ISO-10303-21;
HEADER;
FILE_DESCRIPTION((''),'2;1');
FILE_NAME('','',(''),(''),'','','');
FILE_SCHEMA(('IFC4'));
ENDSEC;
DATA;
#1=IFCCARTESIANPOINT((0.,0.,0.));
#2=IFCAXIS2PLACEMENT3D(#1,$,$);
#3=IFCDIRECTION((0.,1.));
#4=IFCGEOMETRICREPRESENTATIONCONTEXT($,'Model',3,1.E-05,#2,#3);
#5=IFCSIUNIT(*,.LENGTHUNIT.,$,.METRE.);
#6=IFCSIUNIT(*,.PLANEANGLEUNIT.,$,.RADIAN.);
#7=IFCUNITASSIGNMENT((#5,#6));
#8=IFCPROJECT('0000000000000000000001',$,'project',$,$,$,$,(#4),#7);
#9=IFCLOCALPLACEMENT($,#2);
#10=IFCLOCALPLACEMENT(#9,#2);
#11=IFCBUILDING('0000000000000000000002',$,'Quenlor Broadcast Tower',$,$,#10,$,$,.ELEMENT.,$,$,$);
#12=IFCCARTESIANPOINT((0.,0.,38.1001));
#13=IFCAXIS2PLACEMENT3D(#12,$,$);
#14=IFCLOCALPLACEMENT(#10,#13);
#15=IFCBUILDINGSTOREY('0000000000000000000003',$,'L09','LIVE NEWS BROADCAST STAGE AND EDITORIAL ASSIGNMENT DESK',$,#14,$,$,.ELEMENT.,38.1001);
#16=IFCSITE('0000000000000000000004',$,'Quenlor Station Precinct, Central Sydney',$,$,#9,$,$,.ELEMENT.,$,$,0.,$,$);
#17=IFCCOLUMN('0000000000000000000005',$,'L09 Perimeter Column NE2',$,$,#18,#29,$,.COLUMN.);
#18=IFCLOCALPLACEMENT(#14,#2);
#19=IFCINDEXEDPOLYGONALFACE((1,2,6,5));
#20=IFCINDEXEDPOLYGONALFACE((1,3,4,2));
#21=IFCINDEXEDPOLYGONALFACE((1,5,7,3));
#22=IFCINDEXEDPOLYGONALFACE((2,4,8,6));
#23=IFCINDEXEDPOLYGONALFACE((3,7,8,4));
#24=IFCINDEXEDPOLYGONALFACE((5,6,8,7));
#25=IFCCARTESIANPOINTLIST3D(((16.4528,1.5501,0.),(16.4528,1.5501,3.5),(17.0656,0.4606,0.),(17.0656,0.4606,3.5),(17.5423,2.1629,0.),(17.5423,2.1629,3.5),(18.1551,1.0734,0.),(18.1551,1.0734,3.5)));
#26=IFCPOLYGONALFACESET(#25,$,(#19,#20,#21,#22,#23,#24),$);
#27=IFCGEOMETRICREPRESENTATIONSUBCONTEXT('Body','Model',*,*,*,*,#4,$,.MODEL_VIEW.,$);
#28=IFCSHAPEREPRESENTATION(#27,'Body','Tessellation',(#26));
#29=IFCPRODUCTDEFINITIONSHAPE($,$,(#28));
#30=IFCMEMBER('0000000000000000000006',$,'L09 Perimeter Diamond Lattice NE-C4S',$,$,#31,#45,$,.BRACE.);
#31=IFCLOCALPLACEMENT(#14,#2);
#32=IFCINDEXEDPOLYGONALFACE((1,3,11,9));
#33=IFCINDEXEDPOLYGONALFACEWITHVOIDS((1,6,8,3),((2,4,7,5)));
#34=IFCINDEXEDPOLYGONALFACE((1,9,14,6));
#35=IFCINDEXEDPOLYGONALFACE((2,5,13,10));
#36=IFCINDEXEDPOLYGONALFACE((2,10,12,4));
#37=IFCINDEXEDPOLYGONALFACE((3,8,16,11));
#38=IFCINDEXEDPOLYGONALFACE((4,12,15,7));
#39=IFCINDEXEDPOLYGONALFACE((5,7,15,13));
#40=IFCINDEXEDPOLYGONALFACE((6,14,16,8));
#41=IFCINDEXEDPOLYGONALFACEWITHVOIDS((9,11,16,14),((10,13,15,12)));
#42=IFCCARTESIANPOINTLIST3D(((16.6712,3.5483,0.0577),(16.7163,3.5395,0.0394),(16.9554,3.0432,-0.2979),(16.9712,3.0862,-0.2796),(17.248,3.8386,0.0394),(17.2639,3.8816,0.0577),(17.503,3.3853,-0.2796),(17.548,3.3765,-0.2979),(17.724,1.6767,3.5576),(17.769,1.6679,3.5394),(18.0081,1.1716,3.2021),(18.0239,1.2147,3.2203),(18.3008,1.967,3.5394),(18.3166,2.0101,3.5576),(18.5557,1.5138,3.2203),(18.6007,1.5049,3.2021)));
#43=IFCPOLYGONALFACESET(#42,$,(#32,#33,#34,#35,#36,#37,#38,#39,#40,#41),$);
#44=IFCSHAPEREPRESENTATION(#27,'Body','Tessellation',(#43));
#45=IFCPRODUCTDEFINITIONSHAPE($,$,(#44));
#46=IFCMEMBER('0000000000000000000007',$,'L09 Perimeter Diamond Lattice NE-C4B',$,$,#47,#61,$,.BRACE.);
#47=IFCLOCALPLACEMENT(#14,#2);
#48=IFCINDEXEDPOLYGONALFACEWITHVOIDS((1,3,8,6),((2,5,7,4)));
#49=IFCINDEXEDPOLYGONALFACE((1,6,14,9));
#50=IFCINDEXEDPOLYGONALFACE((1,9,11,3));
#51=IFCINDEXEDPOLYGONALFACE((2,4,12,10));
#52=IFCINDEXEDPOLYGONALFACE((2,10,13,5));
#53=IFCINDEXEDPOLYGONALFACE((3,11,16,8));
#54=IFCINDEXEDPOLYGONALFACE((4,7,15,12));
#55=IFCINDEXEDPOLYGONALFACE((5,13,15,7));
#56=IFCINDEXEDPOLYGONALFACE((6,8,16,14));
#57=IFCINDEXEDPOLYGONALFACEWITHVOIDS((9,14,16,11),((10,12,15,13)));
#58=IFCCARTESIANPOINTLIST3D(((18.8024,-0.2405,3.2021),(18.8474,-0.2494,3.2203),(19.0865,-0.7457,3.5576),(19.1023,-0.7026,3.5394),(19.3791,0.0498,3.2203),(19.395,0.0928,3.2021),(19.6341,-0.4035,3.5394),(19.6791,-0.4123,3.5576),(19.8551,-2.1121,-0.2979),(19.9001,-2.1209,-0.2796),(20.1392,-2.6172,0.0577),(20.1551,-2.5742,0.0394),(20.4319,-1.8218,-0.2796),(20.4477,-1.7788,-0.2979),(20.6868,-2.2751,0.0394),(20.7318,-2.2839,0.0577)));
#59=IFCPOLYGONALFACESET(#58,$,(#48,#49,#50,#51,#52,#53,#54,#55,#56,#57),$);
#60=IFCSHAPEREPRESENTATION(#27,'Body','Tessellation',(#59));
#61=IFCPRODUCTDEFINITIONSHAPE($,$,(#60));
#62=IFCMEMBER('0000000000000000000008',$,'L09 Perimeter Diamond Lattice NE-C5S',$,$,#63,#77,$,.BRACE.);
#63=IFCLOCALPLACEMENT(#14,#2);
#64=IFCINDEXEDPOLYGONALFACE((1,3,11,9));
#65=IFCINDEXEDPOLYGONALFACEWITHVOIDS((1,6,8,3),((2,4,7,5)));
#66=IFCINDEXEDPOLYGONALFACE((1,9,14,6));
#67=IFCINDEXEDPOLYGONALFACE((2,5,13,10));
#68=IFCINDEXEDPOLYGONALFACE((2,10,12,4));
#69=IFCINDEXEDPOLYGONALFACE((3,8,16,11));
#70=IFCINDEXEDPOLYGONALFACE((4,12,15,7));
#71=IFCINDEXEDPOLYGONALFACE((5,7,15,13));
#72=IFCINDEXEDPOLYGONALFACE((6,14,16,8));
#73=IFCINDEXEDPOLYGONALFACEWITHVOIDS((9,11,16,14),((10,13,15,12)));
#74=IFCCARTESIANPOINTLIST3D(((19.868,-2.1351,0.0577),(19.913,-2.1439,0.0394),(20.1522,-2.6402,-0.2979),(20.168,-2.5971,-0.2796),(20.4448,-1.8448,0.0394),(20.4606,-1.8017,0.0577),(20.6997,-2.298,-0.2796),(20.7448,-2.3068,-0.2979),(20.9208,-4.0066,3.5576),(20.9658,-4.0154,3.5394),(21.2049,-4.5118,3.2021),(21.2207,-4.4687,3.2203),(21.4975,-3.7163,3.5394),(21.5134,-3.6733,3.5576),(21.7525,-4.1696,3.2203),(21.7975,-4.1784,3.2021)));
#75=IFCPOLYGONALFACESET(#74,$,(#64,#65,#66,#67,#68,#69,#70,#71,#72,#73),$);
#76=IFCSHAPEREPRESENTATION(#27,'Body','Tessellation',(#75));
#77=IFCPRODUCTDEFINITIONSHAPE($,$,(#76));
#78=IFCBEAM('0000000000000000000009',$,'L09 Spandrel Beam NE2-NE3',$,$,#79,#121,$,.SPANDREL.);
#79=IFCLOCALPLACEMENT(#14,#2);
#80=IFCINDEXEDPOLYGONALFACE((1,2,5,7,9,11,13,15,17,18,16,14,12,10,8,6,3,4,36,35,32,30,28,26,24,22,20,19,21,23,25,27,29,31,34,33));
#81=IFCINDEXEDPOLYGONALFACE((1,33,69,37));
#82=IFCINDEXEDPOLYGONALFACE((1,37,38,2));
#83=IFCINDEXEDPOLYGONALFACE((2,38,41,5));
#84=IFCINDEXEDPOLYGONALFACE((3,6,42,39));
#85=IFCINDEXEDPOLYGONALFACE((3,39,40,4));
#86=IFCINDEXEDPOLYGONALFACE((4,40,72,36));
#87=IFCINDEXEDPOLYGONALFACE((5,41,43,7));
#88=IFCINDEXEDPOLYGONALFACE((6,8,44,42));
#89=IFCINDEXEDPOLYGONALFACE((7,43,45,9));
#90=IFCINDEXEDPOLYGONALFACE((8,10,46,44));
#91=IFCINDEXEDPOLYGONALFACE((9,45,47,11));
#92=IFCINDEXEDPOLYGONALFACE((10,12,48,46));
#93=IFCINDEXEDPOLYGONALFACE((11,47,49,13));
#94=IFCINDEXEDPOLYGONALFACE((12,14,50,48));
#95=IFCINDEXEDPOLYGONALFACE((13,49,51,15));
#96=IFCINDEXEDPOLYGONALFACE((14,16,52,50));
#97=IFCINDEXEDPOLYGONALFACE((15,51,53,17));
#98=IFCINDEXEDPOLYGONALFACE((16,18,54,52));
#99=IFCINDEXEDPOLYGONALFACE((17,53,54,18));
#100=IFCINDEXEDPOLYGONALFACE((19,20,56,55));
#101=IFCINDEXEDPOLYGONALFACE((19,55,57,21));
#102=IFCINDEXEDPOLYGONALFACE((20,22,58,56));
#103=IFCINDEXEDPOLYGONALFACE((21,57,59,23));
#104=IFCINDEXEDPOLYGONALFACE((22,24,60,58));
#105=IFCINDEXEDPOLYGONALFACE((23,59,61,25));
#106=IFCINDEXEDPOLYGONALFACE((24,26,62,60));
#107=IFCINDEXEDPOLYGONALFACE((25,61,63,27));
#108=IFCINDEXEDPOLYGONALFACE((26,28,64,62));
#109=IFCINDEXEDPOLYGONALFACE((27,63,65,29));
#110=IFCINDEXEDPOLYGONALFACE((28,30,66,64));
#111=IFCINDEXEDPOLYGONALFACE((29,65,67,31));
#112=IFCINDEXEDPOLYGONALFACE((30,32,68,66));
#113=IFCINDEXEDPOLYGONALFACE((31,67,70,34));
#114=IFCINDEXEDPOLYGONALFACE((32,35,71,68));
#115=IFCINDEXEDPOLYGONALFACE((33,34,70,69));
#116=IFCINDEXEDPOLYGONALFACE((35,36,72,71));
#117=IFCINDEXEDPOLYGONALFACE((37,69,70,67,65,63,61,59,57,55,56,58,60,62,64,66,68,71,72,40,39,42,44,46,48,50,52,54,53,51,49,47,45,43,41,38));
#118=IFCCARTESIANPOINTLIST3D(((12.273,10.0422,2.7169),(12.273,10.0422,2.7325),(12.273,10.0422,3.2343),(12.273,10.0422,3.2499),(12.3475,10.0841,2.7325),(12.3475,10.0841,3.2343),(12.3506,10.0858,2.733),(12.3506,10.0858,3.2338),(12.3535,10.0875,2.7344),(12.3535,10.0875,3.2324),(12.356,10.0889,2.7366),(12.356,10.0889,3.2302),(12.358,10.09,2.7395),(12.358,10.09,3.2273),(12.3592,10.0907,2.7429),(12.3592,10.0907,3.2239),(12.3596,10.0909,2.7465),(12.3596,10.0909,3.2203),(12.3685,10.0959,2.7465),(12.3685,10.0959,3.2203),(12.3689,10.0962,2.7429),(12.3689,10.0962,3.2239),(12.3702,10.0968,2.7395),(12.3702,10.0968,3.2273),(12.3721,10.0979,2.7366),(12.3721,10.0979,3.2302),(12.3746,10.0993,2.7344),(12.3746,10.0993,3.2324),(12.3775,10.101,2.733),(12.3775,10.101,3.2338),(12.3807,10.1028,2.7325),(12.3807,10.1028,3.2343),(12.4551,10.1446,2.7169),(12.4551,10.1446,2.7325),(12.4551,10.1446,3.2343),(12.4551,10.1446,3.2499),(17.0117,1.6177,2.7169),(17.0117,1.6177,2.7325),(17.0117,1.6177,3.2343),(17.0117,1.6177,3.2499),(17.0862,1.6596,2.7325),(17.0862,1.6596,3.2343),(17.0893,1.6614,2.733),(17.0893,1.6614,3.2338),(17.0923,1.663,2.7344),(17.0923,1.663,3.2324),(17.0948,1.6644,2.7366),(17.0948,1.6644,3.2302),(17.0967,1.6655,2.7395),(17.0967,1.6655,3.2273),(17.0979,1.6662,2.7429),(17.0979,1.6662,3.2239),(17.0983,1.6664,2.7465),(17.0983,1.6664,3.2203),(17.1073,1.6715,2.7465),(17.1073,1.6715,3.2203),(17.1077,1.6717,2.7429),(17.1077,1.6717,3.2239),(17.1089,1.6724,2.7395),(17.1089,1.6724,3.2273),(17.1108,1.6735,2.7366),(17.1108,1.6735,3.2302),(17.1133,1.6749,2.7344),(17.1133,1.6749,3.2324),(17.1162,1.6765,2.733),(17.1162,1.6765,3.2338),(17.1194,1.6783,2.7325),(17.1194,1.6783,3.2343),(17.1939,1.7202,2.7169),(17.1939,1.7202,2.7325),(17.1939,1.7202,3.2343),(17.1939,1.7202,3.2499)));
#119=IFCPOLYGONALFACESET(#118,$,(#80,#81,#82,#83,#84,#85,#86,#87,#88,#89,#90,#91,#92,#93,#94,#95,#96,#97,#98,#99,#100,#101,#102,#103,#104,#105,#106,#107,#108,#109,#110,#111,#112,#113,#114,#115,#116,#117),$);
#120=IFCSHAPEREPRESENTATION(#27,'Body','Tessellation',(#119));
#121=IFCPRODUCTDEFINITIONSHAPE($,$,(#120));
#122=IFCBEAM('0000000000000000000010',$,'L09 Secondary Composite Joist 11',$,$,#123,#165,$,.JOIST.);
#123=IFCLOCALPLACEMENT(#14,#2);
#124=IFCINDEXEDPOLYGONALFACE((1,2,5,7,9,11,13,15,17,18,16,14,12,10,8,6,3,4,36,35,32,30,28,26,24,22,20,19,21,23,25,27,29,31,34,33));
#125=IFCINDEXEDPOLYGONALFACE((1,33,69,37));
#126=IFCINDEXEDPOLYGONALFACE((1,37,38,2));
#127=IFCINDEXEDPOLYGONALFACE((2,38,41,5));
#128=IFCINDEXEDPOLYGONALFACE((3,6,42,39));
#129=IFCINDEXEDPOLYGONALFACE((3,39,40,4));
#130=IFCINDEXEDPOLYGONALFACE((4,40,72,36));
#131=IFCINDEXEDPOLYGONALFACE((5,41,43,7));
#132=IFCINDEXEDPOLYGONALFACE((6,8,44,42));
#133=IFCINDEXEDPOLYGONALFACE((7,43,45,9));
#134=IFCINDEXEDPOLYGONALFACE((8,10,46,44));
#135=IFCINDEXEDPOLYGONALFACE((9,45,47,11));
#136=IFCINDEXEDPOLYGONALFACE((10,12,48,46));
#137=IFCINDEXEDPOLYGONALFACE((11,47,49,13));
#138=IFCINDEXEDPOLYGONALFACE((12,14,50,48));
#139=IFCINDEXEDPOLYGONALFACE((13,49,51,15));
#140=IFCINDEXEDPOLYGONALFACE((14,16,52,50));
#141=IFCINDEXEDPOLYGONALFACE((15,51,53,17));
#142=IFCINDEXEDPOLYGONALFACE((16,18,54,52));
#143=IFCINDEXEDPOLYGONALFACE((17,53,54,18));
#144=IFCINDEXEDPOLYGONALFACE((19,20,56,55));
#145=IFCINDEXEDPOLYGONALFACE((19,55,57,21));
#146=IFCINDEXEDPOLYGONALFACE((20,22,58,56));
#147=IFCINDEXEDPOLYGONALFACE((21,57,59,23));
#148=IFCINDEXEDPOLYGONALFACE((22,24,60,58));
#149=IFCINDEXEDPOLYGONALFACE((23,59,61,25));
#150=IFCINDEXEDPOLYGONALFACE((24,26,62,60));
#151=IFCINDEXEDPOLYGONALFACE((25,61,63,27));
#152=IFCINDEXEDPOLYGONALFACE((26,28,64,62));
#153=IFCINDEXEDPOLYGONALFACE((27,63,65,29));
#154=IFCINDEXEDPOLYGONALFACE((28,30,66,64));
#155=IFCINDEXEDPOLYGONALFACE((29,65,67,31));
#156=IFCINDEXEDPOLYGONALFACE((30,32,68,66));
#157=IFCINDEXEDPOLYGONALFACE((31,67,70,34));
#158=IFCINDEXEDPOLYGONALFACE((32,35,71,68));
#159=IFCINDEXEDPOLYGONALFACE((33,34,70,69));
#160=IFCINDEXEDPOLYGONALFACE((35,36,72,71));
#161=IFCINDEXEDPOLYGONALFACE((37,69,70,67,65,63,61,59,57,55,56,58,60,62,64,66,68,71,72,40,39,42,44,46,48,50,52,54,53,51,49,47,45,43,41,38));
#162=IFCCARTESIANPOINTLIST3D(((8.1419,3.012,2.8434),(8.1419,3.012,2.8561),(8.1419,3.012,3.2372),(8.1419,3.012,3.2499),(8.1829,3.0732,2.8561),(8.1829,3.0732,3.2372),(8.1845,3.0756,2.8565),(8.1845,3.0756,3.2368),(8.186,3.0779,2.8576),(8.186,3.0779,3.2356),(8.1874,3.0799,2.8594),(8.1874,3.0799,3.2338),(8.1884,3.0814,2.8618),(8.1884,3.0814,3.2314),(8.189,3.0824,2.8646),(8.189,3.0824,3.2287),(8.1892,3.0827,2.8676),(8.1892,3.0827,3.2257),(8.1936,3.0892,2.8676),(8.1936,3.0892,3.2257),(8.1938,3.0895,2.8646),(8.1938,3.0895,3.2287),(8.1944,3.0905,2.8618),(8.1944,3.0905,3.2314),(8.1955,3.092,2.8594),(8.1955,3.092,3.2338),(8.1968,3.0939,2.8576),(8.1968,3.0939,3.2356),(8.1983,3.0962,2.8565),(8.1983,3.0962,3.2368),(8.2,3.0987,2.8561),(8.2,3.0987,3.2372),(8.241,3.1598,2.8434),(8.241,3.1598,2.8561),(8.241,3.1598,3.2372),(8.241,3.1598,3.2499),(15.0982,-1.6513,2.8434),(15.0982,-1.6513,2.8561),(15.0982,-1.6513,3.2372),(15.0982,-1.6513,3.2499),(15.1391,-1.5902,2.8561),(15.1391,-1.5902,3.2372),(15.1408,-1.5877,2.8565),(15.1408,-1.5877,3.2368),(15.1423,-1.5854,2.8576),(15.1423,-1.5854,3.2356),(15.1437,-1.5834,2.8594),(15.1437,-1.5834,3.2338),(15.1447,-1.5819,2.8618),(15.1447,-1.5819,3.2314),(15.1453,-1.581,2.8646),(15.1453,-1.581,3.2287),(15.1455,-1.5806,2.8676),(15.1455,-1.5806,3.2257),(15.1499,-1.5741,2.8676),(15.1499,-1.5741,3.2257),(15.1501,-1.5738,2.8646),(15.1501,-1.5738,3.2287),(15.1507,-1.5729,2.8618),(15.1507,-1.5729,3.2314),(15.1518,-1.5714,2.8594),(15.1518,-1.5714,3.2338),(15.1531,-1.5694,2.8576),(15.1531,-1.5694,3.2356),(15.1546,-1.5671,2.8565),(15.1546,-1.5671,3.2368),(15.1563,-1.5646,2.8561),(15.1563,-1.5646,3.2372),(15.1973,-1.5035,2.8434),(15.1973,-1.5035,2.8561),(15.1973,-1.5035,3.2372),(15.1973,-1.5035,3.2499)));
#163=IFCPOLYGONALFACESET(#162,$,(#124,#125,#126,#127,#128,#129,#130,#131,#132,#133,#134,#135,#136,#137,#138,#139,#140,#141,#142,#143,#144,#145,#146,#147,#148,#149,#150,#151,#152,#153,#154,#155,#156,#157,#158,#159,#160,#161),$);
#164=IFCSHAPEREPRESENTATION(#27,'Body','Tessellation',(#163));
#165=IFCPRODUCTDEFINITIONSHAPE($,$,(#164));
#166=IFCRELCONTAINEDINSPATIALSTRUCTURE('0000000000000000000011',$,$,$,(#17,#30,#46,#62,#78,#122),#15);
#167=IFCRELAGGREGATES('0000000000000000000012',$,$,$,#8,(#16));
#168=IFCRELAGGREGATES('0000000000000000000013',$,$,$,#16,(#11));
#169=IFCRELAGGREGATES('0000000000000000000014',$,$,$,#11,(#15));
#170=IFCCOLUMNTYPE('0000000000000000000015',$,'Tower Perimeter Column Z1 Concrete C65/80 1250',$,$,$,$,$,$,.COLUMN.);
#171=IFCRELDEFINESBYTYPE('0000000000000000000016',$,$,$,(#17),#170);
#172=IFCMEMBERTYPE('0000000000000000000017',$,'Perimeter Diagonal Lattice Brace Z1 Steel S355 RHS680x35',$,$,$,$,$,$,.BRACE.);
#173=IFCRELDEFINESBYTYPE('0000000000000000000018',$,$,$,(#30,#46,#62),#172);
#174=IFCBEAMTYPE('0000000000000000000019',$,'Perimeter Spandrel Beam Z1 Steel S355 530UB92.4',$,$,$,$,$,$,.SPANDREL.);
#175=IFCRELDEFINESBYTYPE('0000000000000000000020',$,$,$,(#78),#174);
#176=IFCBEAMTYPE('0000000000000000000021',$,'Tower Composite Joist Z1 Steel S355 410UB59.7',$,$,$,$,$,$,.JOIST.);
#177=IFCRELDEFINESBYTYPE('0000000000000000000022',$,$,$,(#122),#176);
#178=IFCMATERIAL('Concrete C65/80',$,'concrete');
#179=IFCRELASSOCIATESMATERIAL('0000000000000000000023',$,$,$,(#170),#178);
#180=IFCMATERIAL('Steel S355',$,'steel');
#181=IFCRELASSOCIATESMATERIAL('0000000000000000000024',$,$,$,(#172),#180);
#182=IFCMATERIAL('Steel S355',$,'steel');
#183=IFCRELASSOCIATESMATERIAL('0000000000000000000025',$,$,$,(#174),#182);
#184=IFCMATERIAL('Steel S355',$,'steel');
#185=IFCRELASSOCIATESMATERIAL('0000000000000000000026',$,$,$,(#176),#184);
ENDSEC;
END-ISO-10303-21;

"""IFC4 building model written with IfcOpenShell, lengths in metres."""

from ifc_helpers import new_model, si_unit, direction, frame, origin, origin_2d, place, context, subcontext, project, spatial, rectangle, hollow_rectangle, i_section, extrude, material, material_profile, profile_set, type_object, element, save


model = new_model("IFC4")

# Units and contexts
model_context = context("Model", 3, precision=1e-05, world=origin(), true_north=direction((0.0, 1.0)))
body_context = subcontext(model_context, "Body", "Model", "MODEL_VIEW")
ifc_project = project(units=[si_unit("LENGTHUNIT", "METRE"), si_unit("PLANEANGLEUNIT", "RADIAN")], contexts=[model_context])

# Site, building, storey
site_placement = place(None, origin())
site = spatial("IfcSite", under=ifc_project, at=site_placement, Name="Quenlor Station Precinct, Central Sydney", CompositionType="ELEMENT", RefElevation=0.0)
building_placement = place(site_placement, origin())
building = spatial("IfcBuilding", under=site, at=building_placement, Name="Quenlor Broadcast Tower", CompositionType="ELEMENT")
storey_placement = place(building_placement, frame((0.0, 0.0, 38.1001)))
storey = spatial("IfcBuildingStorey", under=building, at=storey_placement, Name="L09", Description="LIVE NEWS BROADCAST STAGE AND EDITORIAL ASSIGNMENT DESK", CompositionType="ELEMENT", Elevation=38.1001)

# Column
ifc_material_1 = material(Name="Concrete C65/80", Category="concrete")
ifc_material_profile_1 = material_profile(ifc_material_1, rectangle(XDim=1.25, YDim=1.25, at=origin_2d()))
ifc_profile_set_1 = profile_set([ifc_material_profile_1], Name="Concrete C65/80 RC1250x1250")
column_type = type_object("IfcColumnType", Name="Tower Perimeter Column Z1 Concrete C65/80 1250", PredefinedType="COLUMN", material=ifc_profile_set_1)
column_placement = place(storey_placement, frame((17.304, 1.3118, 0.0), z_axis=(0.0, 0.0, 1.0), x_axis=(0.871575, 0.490262, 0.0)))
element("IfcColumn", 1, at=column_placement, inside=storey, type_object=column_type, Name="L09 Perimeter Column NE2", PredefinedType="COLUMN", context=body_context, shape_type="SweptSolid", body=[
    extrude(rectangle(XDim=1.25, YDim=1.25, at=origin_2d()), origin(), (0.0, 0.0, 1.0), 3.5),
])

# Members
ifc_material_2 = material(Name="Steel S355", Category="steel")
ifc_material_profile_2 = material_profile(ifc_material_2, hollow_rectangle(XDim=0.6799, YDim=0.6799, WallThickness=0.0349, at=origin_2d()))
ifc_profile_set_2 = profile_set([ifc_material_profile_2], Name="Steel S355 RHS680x680x35")
member_type = type_object("IfcMemberType", Name="Perimeter Diagonal Lattice Brace Z1 Steel S355 RHS680x35", PredefinedType="BRACE", material=ifc_profile_set_2)
for number, where, z_axis, x_axis, name in (
    (2, (17.1096, 3.4624, -0.1201), (0.256375, -0.455792, 0.852365), (0.871582, 0.49025, 0.0), "L09 Perimeter Diamond Lattice NE-C4S"),
    (3, (20.2935, -2.198, -0.1201), (-0.256375, 0.455792, 0.852365), (-0.871582, -0.49025, 0.0), "L09 Perimeter Diamond Lattice NE-C4B"),
    (4, (20.3064, -2.2209, -0.1201), (0.256375, -0.455792, 0.852365), (0.871582, 0.49025, 0.0), "L09 Perimeter Diamond Lattice NE-C5S"),
):
    element("IfcMember", number, at=place(storey_placement, frame(where, z_axis=z_axis, x_axis=x_axis)), inside=storey, type_object=member_type, Name=name, PredefinedType="BRACE", context=body_context, shape_type="SweptSolid", body=[
        extrude(hollow_rectangle(XDim=0.6799, YDim=0.6799, WallThickness=0.0349, at=origin_2d()), origin(), (0.0, 0.0, 1.0), 4.1062),
    ])

# Beams
ifc_material_3 = material(Name="Steel S355", Category="steel")
ifc_material_profile_3 = material_profile(ifc_material_3, i_section(OverallWidth=0.209, OverallDepth=0.533, WebThickness=0.0103, FlangeThickness=0.0156, FilletRadius=0.0139, at=origin_2d()))
ifc_profile_set_3 = profile_set([ifc_material_profile_3], Name="Steel S355 530UB92.4")
beam_type_1 = type_object("IfcBeamType", Name="Perimeter Spandrel Beam Z1 Steel S355 530UB92.4", PredefinedType="SPANDREL", material=ifc_profile_set_3)
beam_1_placement = place(storey_placement, frame((17.1028, 1.6689, 2.9834), z_axis=(-0.490258, 0.871578, 0.0), x_axis=(-0.871578, -0.490258, 0.0)))
element("IfcBeam", 5, at=beam_1_placement, inside=storey, type_object=beam_type_1, Name="L09 Spandrel Beam NE2-NE3", PredefinedType="SPANDREL", context=body_context, shape_type="SweptSolid", body=[
    extrude(i_section(OverallWidth=0.209, OverallDepth=0.533, WebThickness=0.0103, FlangeThickness=0.0156, FilletRadius=0.0139, at=origin_2d()), origin(), (0.0, 0.0, 1.0), 9.6658),
])
ifc_material_4 = material(Name="Steel S355", Category="steel")
ifc_material_profile_4 = material_profile(ifc_material_4, i_section(OverallWidth=0.178, OverallDepth=0.4065, WebThickness=0.0078, FlangeThickness=0.0127, FilletRadius=0.0115, at=origin_2d()))
ifc_profile_set_4 = profile_set([ifc_material_profile_4], Name="Steel S355 410UB59.7")
beam_type_2 = type_object("IfcBeamType", Name="Tower Composite Joist Z1 Steel S355 410UB59.7", PredefinedType="JOIST", material=ifc_profile_set_4)
beam_2_placement = place(storey_placement, frame((15.1477, -1.5774, 3.0466), z_axis=(-0.830626, 0.556831, 0.0), x_axis=(-0.556831, -0.830626, 0.0)))
element("IfcBeam", 6, at=beam_2_placement, inside=storey, type_object=beam_type_2, Name="L09 Secondary Composite Joist 11", PredefinedType="JOIST", context=body_context, shape_type="SweptSolid", body=[
    extrude(i_section(OverallWidth=0.178, OverallDepth=0.4065, WebThickness=0.0078, FlangeThickness=0.0127, FilletRadius=0.0115, at=origin_2d()), origin(), (0.0, 0.0, 1.0), 8.3748),
])

save(model, "model.ifc")
